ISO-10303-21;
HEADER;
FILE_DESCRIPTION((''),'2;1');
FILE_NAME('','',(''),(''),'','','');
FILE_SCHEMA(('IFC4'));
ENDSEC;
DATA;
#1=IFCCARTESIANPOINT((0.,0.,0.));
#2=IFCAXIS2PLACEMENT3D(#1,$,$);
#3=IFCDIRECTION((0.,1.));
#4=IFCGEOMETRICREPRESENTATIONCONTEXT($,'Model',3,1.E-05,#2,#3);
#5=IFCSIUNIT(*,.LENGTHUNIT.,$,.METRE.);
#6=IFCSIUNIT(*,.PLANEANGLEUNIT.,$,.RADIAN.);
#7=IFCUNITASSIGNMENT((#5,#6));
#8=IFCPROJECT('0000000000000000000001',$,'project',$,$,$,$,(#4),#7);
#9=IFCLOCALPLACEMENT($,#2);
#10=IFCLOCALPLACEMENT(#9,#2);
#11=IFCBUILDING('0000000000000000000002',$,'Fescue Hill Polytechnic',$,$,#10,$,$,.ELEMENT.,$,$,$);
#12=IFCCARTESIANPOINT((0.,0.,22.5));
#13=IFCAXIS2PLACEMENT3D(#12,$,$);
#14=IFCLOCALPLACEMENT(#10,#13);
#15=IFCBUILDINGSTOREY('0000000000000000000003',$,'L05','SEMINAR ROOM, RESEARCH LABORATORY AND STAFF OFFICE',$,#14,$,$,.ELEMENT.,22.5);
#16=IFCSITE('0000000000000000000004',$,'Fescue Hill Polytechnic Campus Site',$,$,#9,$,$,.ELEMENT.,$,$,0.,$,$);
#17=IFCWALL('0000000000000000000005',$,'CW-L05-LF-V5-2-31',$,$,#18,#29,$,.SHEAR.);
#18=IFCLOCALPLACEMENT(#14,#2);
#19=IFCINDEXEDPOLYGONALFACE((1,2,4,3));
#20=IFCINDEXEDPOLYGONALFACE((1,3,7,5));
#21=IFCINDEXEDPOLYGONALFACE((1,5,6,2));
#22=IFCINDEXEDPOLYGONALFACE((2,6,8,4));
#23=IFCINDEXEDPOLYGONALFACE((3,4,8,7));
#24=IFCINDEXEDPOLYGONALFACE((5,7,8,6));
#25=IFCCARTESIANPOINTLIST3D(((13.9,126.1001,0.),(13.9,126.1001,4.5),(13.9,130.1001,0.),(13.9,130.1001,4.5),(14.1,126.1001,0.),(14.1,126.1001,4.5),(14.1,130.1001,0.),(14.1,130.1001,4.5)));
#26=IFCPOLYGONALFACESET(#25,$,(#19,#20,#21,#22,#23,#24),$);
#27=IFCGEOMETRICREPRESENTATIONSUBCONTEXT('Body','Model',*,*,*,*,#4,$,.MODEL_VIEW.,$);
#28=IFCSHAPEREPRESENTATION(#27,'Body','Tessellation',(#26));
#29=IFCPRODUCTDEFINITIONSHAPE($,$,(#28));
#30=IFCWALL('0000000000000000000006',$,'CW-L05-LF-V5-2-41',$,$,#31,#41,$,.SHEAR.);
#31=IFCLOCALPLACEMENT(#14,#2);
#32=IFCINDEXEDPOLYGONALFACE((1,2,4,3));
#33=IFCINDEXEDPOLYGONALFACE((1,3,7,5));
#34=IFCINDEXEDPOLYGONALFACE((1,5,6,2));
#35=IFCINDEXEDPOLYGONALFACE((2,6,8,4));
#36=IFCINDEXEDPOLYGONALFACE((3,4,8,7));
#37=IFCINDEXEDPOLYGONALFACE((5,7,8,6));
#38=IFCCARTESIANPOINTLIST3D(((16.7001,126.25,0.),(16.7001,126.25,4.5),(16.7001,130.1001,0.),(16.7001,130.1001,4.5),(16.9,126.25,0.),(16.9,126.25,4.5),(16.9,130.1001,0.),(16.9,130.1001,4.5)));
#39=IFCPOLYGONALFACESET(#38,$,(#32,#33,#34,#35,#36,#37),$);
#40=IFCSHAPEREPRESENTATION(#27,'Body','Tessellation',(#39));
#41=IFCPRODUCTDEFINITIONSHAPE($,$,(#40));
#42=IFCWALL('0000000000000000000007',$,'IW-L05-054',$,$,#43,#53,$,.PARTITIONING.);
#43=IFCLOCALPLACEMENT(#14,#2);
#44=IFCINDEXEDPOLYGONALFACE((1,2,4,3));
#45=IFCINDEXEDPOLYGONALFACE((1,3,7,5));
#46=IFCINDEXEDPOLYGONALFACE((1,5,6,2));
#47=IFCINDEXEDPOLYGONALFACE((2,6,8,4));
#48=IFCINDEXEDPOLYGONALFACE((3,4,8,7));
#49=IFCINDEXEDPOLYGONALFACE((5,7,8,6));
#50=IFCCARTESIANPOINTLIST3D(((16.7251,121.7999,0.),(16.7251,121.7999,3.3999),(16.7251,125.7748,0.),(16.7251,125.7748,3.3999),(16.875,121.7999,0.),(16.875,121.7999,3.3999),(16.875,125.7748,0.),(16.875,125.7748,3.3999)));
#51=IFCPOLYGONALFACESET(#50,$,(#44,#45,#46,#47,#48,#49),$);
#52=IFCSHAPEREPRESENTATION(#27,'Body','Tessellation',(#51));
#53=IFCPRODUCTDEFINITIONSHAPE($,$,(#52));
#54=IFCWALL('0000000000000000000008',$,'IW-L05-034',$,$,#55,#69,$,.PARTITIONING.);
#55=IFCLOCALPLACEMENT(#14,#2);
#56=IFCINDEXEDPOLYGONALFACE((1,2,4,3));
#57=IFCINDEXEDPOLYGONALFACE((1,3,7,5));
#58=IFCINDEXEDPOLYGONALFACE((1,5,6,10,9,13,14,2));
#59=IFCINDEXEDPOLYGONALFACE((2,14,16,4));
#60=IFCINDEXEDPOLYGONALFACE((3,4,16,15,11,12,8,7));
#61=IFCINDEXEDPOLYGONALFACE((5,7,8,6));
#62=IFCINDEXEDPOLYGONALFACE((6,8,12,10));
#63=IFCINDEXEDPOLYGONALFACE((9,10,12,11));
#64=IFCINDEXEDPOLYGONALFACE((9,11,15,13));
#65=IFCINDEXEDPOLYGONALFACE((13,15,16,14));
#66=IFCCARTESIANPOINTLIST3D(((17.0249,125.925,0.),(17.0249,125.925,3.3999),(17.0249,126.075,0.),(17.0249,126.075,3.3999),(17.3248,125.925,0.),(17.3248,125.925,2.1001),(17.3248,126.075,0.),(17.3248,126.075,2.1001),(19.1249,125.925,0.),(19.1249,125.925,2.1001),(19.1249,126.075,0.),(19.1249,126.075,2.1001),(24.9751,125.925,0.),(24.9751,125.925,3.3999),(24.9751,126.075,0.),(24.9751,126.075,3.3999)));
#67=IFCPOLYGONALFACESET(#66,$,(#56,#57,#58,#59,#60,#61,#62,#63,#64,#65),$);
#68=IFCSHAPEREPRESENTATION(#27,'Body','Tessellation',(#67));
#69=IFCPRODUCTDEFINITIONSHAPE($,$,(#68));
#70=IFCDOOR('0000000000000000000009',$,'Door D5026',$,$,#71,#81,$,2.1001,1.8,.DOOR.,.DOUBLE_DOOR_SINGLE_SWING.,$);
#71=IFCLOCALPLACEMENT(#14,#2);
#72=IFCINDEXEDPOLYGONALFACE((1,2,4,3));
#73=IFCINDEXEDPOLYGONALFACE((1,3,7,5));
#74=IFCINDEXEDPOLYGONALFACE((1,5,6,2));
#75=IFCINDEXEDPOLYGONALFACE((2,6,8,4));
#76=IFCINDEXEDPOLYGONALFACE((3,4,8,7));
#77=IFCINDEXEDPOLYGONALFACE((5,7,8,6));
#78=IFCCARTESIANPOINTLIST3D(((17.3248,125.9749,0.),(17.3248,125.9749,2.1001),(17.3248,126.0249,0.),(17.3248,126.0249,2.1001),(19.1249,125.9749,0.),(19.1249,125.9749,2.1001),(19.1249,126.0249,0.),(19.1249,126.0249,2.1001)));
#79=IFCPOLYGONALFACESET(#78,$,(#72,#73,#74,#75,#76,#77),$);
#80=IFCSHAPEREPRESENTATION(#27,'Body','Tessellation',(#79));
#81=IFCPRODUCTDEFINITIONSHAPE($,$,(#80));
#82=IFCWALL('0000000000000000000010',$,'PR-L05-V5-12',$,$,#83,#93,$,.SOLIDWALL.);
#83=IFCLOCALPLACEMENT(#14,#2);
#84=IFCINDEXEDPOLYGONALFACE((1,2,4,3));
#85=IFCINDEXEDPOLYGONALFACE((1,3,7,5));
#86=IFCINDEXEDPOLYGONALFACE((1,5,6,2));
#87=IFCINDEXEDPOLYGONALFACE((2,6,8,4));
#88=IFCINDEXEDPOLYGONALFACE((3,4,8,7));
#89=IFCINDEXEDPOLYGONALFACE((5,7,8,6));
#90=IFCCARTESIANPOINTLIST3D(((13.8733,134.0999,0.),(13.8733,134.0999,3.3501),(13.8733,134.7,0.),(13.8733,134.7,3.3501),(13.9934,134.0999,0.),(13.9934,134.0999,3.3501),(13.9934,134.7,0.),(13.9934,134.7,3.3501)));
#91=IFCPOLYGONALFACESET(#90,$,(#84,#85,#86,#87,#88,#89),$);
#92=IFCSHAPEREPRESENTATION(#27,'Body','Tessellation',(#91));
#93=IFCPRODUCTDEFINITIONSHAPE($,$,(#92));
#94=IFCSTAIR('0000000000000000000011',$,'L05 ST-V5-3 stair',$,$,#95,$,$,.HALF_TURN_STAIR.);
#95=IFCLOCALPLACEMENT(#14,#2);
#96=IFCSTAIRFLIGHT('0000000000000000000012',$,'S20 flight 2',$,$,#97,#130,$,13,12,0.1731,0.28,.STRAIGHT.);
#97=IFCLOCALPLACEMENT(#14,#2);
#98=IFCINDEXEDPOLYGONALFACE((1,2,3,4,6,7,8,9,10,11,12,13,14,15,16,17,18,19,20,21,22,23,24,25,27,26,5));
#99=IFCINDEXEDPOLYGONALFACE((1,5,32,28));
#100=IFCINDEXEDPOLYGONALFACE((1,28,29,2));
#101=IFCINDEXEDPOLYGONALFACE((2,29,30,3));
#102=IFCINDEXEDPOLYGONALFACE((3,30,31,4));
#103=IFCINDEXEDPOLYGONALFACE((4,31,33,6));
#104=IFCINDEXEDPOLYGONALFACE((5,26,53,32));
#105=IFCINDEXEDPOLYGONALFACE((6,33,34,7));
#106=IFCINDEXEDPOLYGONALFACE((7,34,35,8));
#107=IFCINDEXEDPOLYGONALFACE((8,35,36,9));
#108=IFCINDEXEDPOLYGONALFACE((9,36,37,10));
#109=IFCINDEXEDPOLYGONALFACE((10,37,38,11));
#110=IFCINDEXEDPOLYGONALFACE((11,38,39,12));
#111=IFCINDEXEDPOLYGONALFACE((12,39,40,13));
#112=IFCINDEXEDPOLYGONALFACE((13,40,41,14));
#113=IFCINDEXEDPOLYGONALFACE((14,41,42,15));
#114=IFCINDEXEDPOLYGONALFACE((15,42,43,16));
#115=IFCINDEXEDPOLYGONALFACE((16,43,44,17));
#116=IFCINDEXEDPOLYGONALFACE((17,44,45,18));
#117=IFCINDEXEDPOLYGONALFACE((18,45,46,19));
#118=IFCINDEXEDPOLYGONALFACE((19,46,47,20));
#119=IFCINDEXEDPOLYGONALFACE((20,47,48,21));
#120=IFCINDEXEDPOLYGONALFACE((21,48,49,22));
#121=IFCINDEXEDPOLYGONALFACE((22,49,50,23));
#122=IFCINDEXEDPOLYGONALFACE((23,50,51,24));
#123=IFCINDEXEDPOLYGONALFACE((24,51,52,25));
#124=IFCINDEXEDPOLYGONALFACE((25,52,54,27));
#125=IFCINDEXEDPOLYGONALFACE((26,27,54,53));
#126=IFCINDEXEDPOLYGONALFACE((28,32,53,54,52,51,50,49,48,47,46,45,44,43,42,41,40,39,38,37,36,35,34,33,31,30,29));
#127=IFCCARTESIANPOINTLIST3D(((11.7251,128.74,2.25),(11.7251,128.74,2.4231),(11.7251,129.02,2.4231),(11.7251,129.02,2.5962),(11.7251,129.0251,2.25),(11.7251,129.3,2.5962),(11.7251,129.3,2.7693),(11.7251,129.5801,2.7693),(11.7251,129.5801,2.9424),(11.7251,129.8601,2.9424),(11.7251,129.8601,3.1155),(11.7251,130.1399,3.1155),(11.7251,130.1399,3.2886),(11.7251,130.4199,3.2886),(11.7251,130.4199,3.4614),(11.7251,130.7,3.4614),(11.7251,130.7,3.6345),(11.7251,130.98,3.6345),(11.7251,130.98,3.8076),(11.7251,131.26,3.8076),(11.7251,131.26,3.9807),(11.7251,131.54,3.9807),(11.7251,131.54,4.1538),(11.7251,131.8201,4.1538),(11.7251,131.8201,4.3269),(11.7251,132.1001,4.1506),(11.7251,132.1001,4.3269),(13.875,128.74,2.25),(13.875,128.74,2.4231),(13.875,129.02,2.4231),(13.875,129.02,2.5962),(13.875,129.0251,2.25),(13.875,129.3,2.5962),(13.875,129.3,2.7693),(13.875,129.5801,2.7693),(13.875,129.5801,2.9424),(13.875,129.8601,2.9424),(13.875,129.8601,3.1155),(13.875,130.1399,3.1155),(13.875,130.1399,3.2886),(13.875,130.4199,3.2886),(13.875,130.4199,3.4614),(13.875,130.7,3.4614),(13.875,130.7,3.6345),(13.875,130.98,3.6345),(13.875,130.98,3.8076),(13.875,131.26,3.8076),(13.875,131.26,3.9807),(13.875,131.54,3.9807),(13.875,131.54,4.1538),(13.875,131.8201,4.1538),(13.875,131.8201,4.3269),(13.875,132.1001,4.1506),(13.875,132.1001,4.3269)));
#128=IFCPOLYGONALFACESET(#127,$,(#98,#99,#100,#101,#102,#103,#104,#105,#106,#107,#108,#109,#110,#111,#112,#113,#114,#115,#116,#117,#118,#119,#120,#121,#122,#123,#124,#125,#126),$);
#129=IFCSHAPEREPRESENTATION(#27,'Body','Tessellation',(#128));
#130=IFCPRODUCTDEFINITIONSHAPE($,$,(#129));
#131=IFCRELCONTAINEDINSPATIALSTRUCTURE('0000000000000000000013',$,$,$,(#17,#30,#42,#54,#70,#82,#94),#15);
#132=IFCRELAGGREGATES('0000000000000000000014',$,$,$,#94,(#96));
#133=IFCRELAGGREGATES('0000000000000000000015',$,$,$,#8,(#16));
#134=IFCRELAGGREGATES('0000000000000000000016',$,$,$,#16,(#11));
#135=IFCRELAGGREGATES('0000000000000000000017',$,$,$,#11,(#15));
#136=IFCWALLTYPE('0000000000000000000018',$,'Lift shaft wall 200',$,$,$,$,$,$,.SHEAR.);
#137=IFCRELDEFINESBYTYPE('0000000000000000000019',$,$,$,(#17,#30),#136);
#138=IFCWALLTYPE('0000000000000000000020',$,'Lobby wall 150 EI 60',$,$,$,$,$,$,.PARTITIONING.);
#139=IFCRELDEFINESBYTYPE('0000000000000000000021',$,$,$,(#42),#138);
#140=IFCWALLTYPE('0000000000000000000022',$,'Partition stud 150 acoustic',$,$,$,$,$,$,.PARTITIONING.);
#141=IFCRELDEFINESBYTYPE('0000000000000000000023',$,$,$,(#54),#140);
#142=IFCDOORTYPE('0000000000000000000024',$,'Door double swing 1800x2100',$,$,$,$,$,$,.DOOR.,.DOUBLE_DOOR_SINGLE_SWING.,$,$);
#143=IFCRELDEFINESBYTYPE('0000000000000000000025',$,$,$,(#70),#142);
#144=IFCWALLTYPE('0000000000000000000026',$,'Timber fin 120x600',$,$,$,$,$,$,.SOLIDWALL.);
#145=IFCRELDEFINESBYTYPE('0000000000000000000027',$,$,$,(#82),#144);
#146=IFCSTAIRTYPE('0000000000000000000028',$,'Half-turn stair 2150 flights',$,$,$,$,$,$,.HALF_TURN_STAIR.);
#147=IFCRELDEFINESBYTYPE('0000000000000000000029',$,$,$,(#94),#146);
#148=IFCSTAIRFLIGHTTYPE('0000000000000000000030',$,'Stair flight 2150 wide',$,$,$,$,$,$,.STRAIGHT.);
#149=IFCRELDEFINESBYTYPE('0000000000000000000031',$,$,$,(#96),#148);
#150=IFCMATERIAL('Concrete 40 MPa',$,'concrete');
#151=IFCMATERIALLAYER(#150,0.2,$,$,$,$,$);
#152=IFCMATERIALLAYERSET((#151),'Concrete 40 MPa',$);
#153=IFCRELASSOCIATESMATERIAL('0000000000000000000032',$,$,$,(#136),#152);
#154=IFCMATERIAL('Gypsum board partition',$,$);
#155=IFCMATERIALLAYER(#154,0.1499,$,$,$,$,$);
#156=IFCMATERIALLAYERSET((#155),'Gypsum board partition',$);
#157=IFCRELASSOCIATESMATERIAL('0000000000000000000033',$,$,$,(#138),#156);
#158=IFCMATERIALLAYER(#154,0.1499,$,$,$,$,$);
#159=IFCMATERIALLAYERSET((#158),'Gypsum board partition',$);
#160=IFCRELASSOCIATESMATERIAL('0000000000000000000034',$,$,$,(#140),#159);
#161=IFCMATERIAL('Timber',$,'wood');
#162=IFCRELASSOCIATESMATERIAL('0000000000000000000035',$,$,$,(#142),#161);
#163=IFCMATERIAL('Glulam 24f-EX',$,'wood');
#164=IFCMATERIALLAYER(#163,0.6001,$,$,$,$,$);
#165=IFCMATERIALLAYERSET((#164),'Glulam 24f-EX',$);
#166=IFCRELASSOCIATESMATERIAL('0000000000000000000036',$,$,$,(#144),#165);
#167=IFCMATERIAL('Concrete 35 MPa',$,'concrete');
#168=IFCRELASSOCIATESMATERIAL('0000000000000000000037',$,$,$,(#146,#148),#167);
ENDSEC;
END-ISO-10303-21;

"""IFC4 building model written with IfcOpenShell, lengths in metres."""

from ifc_helpers import new_model, si_unit, direction, frame, frame_2d, origin, place, context, subcontext, project, spatial, polyline, rectangle, outline, extrude, material, layer, layer_set, type_object, element, fill, aggregate, save


model = new_model("IFC4")

# Units and contexts
model_context = context("Model", 3, precision=1e-05, world=origin(), true_north=direction((0.0, 1.0)))
body_context = subcontext(model_context, "Body", "Model", "MODEL_VIEW")
ifc_project = project(units=[si_unit("LENGTHUNIT", "METRE"), si_unit("PLANEANGLEUNIT", "RADIAN")], contexts=[model_context])

# Site, building, storey
site_placement = place(None, origin())
site = spatial("IfcSite", under=ifc_project, at=site_placement, Name="Fescue Hill Polytechnic Campus Site", CompositionType="ELEMENT", RefElevation=0.0)
building_placement = place(site_placement, origin())
building = spatial("IfcBuilding", under=site, at=building_placement, Name="Fescue Hill Polytechnic", CompositionType="ELEMENT")
storey_placement = place(building_placement, frame((0.0, 0.0, 22.5)))
storey = spatial("IfcBuildingStorey", under=building, at=storey_placement, Name="L05", Description="SEMINAR ROOM, RESEARCH LABORATORY AND STAFF OFFICE", CompositionType="ELEMENT", Elevation=22.5)

# Shared definitions
ifc_material_1 = material(Name="Concrete 40 MPa", Category="concrete")

# Shared definitions
ifc_material_2 = material(Name="Concrete 35 MPa", Category="concrete")

# Shared definitions
ifc_material_3 = material(Name="Gypsum board partition")
ifc_material_4 = material(Name="Timber", Category="wood")

# Shared definitions
ifc_layer_1 = layer(ifc_material_1, 0.2)
ifc_layer_set_1 = layer_set([ifc_layer_1], Name="Concrete 40 MPa")
wall_type_1 = type_object("IfcWallType", Name="Lift shaft wall 200", PredefinedType="SHEAR", material=ifc_layer_set_1)

# Walls
wall_1_placement = place(storey_placement, frame((14.0, 126.1001, 0.0), z_axis=(0.0, 0.0, 1.0), x_axis=(0.0, 1.0, 0.0)))
element("IfcWall", 1, at=wall_1_placement, inside=storey, type_object=wall_type_1, Name="CW-L05-LF-V5-2-31", PredefinedType="SHEAR", context=body_context, shape_type="SweptSolid", body=[
    extrude(rectangle(XDim=4.0, YDim=0.2, at=frame_2d((2.0, 0.0))), origin(), (0.0, 0.0, 1.0), 4.5),
])
wall_2_placement = place(storey_placement, frame((16.8, 126.25, 0.0), z_axis=(0.0, 0.0, 1.0), x_axis=(0.0, 1.0, 0.0)))
element("IfcWall", 2, at=wall_2_placement, inside=storey, type_object=wall_type_1, Name="CW-L05-LF-V5-2-41", PredefinedType="SHEAR", context=body_context, shape_type="SweptSolid", body=[
    extrude(rectangle(XDim=3.8501, YDim=0.2, at=frame_2d((1.925, 0.0))), origin(), (0.0, 0.0, 1.0), 4.5),
])
ifc_layer_2 = layer(ifc_material_3, 0.1499)
ifc_layer_set_2 = layer_set([ifc_layer_2], Name="Gypsum board partition")
wall_type_2 = type_object("IfcWallType", Name="Lobby wall 150 EI 60", PredefinedType="PARTITIONING", material=ifc_layer_set_2)
wall_3_placement = place(storey_placement, frame((16.8, 121.8, 0.0), z_axis=(0.0, 0.0, 1.0), x_axis=(0.0, 1.0, 0.0)))
element("IfcWall", 3, at=wall_3_placement, inside=storey, type_object=wall_type_2, Name="IW-L05-054", PredefinedType="PARTITIONING", context=body_context, shape_type="SweptSolid", body=[
    extrude(rectangle(XDim=3.9749, YDim=0.1499, at=frame_2d((1.9873, 0.0))), origin(), (0.0, 0.0, 1.0), 3.3999),
])

# Wall, opening, door
ifc_layer_3 = layer(ifc_material_3, 0.1499)
ifc_layer_set_3 = layer_set([ifc_layer_3], Name="Gypsum board partition")
wall_type_3 = type_object("IfcWallType", Name="Partition stud 150 acoustic", PredefinedType="PARTITIONING", material=ifc_layer_set_3)
wall_4_placement = place(storey_placement, frame((17.0249, 126.0, 0.0), z_axis=(0.0, 0.0, 1.0), x_axis=(1.0, 0.0, 0.0)))
wall_4 = element("IfcWall", 4, at=wall_4_placement, inside=storey, type_object=wall_type_3, Name="IW-L05-034", PredefinedType="PARTITIONING", context=body_context, shape_type="SweptSolid", body=[
    extrude(rectangle(XDim=7.9502, YDim=0.1499, at=frame_2d((3.9751, 0.0))), origin(), (0.0, 0.0, 1.0), 3.3999),
])
opening_1_placement = place(wall_4_placement, frame((0.3, 0.0, 0.0)))
opening_1 = element("IfcOpeningElement", 5, at=opening_1_placement, cuts=wall_4, PredefinedType="OPENING", context=body_context, shape_type="SweptSolid", body=[
    extrude(rectangle(XDim=1.8, YDim=2.1001, at=frame_2d((0.8999, 1.05))), frame((0.0, 0.085, 0.0), z_axis=(0.0, -1.0, 0.0), x_axis=(1.0, 0.0, 0.0)), (0.0, 0.0, 1.0), 0.1699),
])
door_type_1 = type_object("IfcDoorType", Name="Door double swing 1800x2100", OperationType="DOUBLE_DOOR_SINGLE_SWING", PredefinedType="DOOR", material=ifc_material_4)
door_1_placement = place(opening_1_placement, origin())
door_1 = element("IfcDoor", 6, at=door_1_placement, inside=storey, type_object=door_type_1, Name="Door D5026", OperationType="DOUBLE_DOOR_SINGLE_SWING", OverallHeight=2.1001, OverallWidth=1.8, PredefinedType="DOOR", context=body_context, shape_type="SweptSolid", body=[
    extrude(rectangle(XDim=1.8, YDim=2.1001, at=frame_2d((0.8999, 1.05))), frame((0.0, 0.0249, 0.0), z_axis=(0.0, -1.0, 0.0), x_axis=(1.0, 0.0, 0.0)), (0.0, 0.0, 1.0), 0.05),
])
fill(opening_1, door_1)

# Wall
ifc_material_5 = material(Name="Glulam 24f-EX", Category="wood")
ifc_layer_4 = layer(ifc_material_5, 0.6001)
ifc_layer_set_4 = layer_set([ifc_layer_4], Name="Glulam 24f-EX")
wall_type_4 = type_object("IfcWallType", Name="Timber fin 120x600", PredefinedType="SOLIDWALL", material=ifc_layer_set_4)
wall_5_placement = place(storey_placement, frame((13.9934, 134.3999, 0.0), z_axis=(0.0, 0.0, 1.0), x_axis=(-1.0, 0.0, 0.0)))
element("IfcWall", 7, at=wall_5_placement, inside=storey, type_object=wall_type_4, Name="PR-L05-V5-12", PredefinedType="SOLIDWALL", context=body_context, shape_type="SweptSolid", body=[
    extrude(rectangle(XDim=0.1201, YDim=0.6001, at=frame_2d((0.0601, 0.0))), origin(), (0.0, 0.0, 1.0), 3.3501),
])

# Stair, stair flight
stair_type = type_object("IfcStairType", Name="Half-turn stair 2150 flights", PredefinedType="HALF_TURN_STAIR", material=ifc_material_2)
stair_placement = place(storey_placement, origin())
stair = element("IfcStair", 8, at=stair_placement, inside=storey, type_object=stair_type, Name="L05 ST-V5-3 stair", PredefinedType="HALF_TURN_STAIR")
stair_flight_type = type_object("IfcStairFlightType", Name="Stair flight 2150 wide", PredefinedType="STRAIGHT", material=ifc_material_2)
stair_flight_placement = place(storey_placement, frame((12.8, 128.74, 2.25), z_axis=(0.0, 0.0, 1.0), x_axis=(0.0, 1.0, 0.0)))
stair_flight = element("IfcStairFlight", 9, at=stair_flight_placement, type_object=stair_flight_type, Name="S20 flight 2", NumberOfRisers=13, NumberOfTreads=12, PredefinedType="STRAIGHT", RiserHeight=0.1731, TreadLength=0.28, context=body_context, shape_type="SweptSolid", body=[
    extrude(outline(polyline([(0.0, 0.0), (0.0, 0.1731), (0.28, 0.1731), (0.28, 0.3462), (0.5601, 0.3462), (0.5601, 0.5193), (0.8401, 0.5193), (0.8401, 0.6924), (1.1201, 0.6924), (1.1201, 0.8655), (1.3999, 0.8655), (1.3999, 1.0386), (1.6799, 1.0386), (1.6799, 1.2114), (1.96, 1.2114), (1.96, 1.3845), (2.24, 1.3845), (2.24, 1.5576), (2.52, 1.5576), (2.52, 1.7307), (2.8, 1.7307), (2.8, 1.9038), (3.0801, 1.9038), (3.0801, 2.0769), (3.3601, 2.0769), (3.3601, 2.25), (3.3601, 1.9006), (0.2852, 0.0), (0.0, 0.0)])), frame((0.0, 1.075, 0.0), z_axis=(0.0, -1.0, 0.0), x_axis=(1.0, 0.0, 0.0)), (0.0, 0.0, 1.0), 2.1499),
])
aggregate(stair, [stair_flight])

save(model, "model.ifc")
